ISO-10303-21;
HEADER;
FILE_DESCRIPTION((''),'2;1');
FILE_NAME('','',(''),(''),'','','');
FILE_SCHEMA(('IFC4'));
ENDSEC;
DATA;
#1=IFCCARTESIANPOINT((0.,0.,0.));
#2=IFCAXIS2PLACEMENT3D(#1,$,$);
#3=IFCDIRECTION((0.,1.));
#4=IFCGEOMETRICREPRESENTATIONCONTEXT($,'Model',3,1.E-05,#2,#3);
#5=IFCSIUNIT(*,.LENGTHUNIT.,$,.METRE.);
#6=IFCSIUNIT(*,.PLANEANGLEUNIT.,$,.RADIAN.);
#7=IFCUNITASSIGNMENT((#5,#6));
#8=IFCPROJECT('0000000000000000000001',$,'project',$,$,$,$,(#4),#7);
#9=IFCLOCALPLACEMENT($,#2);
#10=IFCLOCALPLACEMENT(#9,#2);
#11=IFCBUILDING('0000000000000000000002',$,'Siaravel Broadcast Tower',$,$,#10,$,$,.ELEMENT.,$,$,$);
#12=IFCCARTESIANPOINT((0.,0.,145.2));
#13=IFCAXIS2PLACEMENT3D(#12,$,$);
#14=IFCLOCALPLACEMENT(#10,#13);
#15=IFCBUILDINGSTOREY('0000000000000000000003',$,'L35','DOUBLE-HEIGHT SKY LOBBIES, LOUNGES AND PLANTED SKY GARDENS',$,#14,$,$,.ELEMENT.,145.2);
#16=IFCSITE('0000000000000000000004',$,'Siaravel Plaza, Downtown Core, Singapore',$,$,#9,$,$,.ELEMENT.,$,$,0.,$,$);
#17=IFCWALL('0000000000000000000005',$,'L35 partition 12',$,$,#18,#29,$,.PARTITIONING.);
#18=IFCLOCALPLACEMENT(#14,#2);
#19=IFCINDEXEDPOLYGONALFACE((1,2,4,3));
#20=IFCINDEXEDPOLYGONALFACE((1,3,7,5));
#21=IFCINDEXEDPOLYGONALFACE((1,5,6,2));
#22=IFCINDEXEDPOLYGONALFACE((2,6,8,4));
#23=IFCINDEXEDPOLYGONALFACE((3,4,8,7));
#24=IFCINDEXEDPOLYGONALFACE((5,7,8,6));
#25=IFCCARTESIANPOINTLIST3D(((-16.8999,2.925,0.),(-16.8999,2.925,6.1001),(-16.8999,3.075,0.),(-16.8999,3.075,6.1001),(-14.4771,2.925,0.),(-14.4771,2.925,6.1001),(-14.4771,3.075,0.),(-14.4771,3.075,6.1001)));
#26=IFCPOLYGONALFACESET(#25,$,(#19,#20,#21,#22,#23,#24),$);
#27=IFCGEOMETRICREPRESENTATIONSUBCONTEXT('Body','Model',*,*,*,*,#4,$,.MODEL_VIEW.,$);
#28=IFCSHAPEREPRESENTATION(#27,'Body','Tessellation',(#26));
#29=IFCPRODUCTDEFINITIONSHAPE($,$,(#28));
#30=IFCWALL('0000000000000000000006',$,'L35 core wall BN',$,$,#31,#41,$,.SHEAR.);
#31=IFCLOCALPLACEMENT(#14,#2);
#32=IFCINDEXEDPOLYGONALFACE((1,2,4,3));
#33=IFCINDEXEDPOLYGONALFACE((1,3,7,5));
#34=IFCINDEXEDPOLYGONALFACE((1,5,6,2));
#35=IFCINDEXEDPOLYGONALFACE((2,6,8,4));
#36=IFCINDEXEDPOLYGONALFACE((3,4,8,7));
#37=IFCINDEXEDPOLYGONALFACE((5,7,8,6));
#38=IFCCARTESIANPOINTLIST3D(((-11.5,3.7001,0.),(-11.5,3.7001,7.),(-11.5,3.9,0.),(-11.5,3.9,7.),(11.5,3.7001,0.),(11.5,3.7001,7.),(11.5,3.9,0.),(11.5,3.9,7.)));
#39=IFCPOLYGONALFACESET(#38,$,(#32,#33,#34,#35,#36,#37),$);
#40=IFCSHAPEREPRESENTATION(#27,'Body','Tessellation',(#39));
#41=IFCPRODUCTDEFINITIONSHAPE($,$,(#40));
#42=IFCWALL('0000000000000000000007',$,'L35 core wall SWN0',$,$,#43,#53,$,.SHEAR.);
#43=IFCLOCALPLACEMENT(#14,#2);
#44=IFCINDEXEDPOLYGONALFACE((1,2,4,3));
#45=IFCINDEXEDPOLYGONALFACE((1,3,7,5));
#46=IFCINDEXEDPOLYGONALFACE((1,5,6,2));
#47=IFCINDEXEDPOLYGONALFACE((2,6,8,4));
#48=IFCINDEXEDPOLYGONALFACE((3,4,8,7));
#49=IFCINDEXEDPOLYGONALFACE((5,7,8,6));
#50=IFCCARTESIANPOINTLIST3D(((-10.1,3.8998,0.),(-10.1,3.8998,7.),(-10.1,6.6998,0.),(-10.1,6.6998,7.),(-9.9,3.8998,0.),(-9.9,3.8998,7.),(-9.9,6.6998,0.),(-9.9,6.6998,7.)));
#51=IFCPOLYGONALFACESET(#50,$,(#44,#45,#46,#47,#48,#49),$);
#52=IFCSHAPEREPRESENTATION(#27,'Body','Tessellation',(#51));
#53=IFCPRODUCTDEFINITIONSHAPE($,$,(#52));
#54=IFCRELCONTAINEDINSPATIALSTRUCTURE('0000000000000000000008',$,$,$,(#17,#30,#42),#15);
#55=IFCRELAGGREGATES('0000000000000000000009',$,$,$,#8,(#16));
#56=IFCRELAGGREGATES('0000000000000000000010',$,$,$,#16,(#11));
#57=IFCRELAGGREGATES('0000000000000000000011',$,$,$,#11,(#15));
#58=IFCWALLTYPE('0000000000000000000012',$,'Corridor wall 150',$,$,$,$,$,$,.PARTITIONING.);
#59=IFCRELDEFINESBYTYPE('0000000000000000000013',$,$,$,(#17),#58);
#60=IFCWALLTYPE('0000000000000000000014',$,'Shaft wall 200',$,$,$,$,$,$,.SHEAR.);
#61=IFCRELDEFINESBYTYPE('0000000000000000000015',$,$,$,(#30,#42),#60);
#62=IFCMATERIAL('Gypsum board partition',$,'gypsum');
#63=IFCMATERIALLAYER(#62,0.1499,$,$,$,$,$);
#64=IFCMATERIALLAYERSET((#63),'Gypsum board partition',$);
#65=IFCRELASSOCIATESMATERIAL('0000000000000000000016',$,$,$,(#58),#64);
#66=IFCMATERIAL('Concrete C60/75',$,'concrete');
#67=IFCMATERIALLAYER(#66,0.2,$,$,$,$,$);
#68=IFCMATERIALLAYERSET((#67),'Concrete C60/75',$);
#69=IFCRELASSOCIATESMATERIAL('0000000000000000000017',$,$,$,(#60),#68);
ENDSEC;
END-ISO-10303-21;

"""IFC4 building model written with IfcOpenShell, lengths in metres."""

from ifc_helpers import new_model, si_unit, direction, frame, frame_2d, origin, place, context, subcontext, project, spatial, rectangle, extrude, material, layer, layer_set, type_object, element, save


model = new_model("IFC4")

# Units and contexts
model_context = context("Model", 3, precision=1e-05, world=origin(), true_north=direction((0.0, 1.0)))
body_context = subcontext(model_context, "Body", "Model", "MODEL_VIEW")
ifc_project = project(units=[si_unit("LENGTHUNIT", "METRE"), si_unit("PLANEANGLEUNIT", "RADIAN")], contexts=[model_context])

# Site, building, storey
site_placement = place(None, origin())
site = spatial("IfcSite", under=ifc_project, at=site_placement, Name="Siaravel Plaza, Downtown Core, Singapore", CompositionType="ELEMENT", RefElevation=0.0)
building_placement = place(site_placement, origin())
building = spatial("IfcBuilding", under=site, at=building_placement, Name="Siaravel Broadcast Tower", CompositionType="ELEMENT")
storey_placement = place(building_placement, frame((0.0, 0.0, 145.2)))
storey = spatial("IfcBuildingStorey", under=building, at=storey_placement, Name="L35", Description="DOUBLE-HEIGHT SKY LOBBIES, LOUNGES AND PLANTED SKY GARDENS", CompositionType="ELEMENT", Elevation=145.2)

# Shared definitions
ifc_material_1 = material(Name="Concrete C60/75", Category="concrete")

# Shared definitions
ifc_material_2 = material(Name="Gypsum board partition", Category="gypsum")
ifc_layer_1 = layer(ifc_material_2, 0.1499)
ifc_layer_set_1 = layer_set([ifc_layer_1], Name="Gypsum board partition")
wall_type_1 = type_object("IfcWallType", Name="Corridor wall 150", PredefinedType="PARTITIONING", material=ifc_layer_set_1)

# Walls
wall_1_placement = place(storey_placement, frame((-16.8999, 3.0, 0.0), z_axis=(0.0, 0.0, 1.0), x_axis=(1.0, 0.0, 0.0)))
element("IfcWall", 1, at=wall_1_placement, inside=storey, type_object=wall_type_1, Name="L35 partition 12", PredefinedType="PARTITIONING", context=body_context, shape_type="SweptSolid", body=[
    extrude(rectangle(XDim=2.4229, YDim=0.1499, at=frame_2d((1.2114, 0.0))), origin(), (0.0, 0.0, 1.0), 6.1001),
])
ifc_layer_2 = layer(ifc_material_1, 0.2)
ifc_layer_set_2 = layer_set([ifc_layer_2], Name="Concrete C60/75")
wall_type_2 = type_object("IfcWallType", Name="Shaft wall 200", PredefinedType="SHEAR", material=ifc_layer_set_2)
wall_2_placement = place(storey_placement, frame((-11.5, 3.8, 0.0), z_axis=(0.0, 0.0, 1.0), x_axis=(1.0, 0.0, 0.0)))
element("IfcWall", 2, at=wall_2_placement, inside=storey, type_object=wall_type_2, Name="L35 core wall BN", PredefinedType="SHEAR", context=body_context, shape_type="SweptSolid", body=[
    extrude(rectangle(XDim=23.0, YDim=0.2, at=frame_2d((11.5, 0.0))), origin(), (0.0, 0.0, 1.0), 7.0),
])
wall_3_placement = place(storey_placement, frame((-10.0, 3.8999, 0.0), z_axis=(0.0, 0.0, 1.0), x_axis=(0.0, 1.0, 0.0)))
element("IfcWall", 3, at=wall_3_placement, inside=storey, type_object=wall_type_2, Name="L35 core wall SWN0", PredefinedType="SHEAR", context=body_context, shape_type="SweptSolid", body=[
    extrude(rectangle(XDim=2.8, YDim=0.2, at=frame_2d((1.3999, 0.0))), origin(), (0.0, 0.0, 1.0), 7.0),
])

save(model, "model.ifc")
